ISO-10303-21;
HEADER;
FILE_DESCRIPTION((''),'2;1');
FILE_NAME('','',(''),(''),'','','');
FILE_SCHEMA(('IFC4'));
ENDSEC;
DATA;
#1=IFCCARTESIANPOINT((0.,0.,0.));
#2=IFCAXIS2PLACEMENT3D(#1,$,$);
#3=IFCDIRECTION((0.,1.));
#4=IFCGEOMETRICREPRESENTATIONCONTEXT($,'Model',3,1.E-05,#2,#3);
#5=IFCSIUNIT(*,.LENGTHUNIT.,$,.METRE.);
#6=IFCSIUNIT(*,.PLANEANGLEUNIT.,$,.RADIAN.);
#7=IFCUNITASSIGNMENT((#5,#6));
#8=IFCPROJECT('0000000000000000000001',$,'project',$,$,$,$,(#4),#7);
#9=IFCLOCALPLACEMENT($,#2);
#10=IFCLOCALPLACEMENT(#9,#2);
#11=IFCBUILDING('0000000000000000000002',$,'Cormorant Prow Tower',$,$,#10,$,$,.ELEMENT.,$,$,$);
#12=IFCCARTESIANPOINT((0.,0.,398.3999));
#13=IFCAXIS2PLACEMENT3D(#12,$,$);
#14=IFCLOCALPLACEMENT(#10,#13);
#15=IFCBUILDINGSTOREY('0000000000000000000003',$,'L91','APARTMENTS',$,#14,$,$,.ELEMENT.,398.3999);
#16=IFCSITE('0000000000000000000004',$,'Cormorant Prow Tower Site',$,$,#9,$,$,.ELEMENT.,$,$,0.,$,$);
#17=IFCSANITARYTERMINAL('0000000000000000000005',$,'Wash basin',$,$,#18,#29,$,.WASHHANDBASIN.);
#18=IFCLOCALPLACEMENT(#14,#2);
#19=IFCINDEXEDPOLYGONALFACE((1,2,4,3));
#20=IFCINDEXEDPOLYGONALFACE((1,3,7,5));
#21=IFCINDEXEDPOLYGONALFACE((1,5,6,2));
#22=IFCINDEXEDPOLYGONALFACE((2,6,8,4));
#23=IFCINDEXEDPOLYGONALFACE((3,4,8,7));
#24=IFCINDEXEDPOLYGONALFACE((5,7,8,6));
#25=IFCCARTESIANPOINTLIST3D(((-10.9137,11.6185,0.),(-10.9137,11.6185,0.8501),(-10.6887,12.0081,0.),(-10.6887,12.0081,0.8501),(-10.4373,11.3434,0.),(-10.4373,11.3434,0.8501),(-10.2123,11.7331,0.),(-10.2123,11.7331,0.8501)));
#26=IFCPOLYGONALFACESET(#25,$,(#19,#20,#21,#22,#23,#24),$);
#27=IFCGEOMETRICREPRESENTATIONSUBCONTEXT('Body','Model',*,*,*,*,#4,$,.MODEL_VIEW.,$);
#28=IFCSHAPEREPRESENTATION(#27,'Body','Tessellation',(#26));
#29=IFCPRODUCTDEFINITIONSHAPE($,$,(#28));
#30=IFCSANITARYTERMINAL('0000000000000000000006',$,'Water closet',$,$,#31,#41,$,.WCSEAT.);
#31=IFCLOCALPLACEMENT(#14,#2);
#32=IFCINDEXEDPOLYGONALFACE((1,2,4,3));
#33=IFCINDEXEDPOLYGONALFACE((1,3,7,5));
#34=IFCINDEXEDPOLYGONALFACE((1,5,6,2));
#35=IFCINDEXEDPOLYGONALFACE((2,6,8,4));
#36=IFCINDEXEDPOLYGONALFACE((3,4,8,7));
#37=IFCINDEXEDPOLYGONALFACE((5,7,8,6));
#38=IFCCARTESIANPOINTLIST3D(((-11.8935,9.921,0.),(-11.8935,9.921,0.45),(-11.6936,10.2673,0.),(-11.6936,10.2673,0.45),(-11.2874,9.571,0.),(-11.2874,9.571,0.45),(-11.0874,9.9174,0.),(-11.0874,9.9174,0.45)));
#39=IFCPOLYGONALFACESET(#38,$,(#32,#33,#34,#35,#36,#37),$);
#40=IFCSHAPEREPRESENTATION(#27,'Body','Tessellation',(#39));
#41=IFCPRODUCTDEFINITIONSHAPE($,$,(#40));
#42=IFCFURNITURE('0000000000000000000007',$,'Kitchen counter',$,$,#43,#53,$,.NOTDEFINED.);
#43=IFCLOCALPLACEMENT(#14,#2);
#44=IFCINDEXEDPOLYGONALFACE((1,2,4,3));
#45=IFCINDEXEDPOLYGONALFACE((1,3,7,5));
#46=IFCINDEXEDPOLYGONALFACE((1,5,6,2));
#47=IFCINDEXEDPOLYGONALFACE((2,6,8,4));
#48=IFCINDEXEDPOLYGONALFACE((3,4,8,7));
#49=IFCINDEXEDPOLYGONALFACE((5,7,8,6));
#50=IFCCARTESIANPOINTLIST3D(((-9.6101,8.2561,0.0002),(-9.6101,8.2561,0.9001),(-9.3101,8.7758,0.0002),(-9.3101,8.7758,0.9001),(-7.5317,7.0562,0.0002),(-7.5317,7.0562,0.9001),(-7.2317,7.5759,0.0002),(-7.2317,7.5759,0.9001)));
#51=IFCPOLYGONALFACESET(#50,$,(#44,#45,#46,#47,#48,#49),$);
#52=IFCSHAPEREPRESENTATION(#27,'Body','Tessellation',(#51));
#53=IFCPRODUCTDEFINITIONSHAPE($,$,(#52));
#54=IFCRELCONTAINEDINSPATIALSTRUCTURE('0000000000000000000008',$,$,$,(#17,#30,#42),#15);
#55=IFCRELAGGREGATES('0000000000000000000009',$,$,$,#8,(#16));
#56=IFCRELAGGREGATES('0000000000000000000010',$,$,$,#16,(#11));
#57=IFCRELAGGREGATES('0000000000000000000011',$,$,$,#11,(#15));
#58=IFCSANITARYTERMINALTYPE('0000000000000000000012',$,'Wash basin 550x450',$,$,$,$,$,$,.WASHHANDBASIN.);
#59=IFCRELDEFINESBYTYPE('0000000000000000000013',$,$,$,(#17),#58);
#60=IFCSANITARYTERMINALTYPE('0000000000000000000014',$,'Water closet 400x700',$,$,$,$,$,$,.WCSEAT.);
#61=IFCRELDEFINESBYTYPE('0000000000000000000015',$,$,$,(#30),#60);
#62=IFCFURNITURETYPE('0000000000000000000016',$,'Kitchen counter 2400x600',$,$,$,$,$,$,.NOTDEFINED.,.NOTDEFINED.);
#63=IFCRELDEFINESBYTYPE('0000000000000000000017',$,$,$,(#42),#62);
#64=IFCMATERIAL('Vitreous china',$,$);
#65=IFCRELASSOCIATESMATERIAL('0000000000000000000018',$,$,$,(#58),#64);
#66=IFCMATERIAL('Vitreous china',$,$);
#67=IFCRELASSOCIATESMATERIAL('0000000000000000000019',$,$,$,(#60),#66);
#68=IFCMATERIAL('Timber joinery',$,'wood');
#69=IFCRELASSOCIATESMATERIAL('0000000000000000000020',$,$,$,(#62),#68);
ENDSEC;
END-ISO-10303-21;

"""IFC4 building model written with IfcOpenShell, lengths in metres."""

from ifc_helpers import new_model, si_unit, direction, frame, origin, origin_2d, place, context, subcontext, project, spatial, rectangle, extrude, material, type_object, element, save


model = new_model("IFC4")

# Units and contexts
model_context = context("Model", 3, precision=1e-05, world=origin(), true_north=direction((0.0, 1.0)))
body_context = subcontext(model_context, "Body", "Model", "MODEL_VIEW")
ifc_project = project(units=[si_unit("LENGTHUNIT", "METRE"), si_unit("PLANEANGLEUNIT", "RADIAN")], contexts=[model_context])

# Site, building, storey
site_placement = place(None, origin())
site = spatial("IfcSite", under=ifc_project, at=site_placement, Name="Cormorant Prow Tower Site", CompositionType="ELEMENT", RefElevation=0.0)
building_placement = place(site_placement, origin())
building = spatial("IfcBuilding", under=site, at=building_placement, Name="Cormorant Prow Tower", CompositionType="ELEMENT")
storey_placement = place(building_placement, frame((0.0, 0.0, 398.3999)))
storey = spatial("IfcBuildingStorey", under=building, at=storey_placement, Name="L91", Description="APARTMENTS", CompositionType="ELEMENT", Elevation=398.3999)

# Sanitary terminals
ifc_material_1 = material(Name="Vitreous china")
sanitary_terminal_type_1 = type_object("IfcSanitaryTerminalType", Name="Wash basin 550x450", PredefinedType="WASHHANDBASIN", material=ifc_material_1)
sanitary_terminal_1_placement = place(storey_placement, frame((-10.563, 11.6758, 0.0), z_axis=(0.0, 0.0, 1.0), x_axis=(0.866025, -0.5, 0.0)))
element("IfcSanitaryTerminal", 1, at=sanitary_terminal_1_placement, inside=storey, type_object=sanitary_terminal_type_1, Name="Wash basin", PredefinedType="WASHHANDBASIN", context=body_context, shape_type="SweptSolid", body=[
    extrude(rectangle(XDim=0.55, YDim=0.45, at=origin_2d()), origin(), (0.0, 0.0, 1.0), 0.8501),
])
ifc_material_2 = material(Name="Vitreous china")
sanitary_terminal_type_2 = type_object("IfcSanitaryTerminalType", Name="Water closet 400x700", PredefinedType="WCSEAT", material=ifc_material_2)
sanitary_terminal_2_placement = place(storey_placement, frame((-11.4905, 9.9192, 0.0), z_axis=(0.0, 0.0, 1.0), x_axis=(0.5, 0.866025, 0.0)))
element("IfcSanitaryTerminal", 2, at=sanitary_terminal_2_placement, inside=storey, type_object=sanitary_terminal_type_2, Name="Water closet", PredefinedType="WCSEAT", context=body_context, shape_type="SweptSolid", body=[
    extrude(rectangle(XDim=0.3999, YDim=0.7, at=origin_2d()), origin(), (0.0, 0.0, 1.0), 0.45),
])

# Furniture
ifc_material_3 = material(Name="Timber joinery", Category="wood")
furniture_type = type_object("IfcFurnitureType", Name="Kitchen counter 2400x600", AssemblyPlace="NOTDEFINED", PredefinedType="NOTDEFINED", material=ifc_material_3)
furniture_placement = place(storey_placement, frame((-8.4209, 7.916, 0.0002), z_axis=(0.0, 0.0, 1.0), x_axis=(-0.866025, 0.5, 0.0)))
element("IfcFurniture", 3, at=furniture_placement, inside=storey, type_object=furniture_type, Name="Kitchen counter", PredefinedType="NOTDEFINED", context=body_context, shape_type="SweptSolid", body=[
    extrude(rectangle(XDim=2.3999, YDim=0.6001, at=origin_2d()), origin(), (0.0, 0.0, 1.0), 0.8999),
])

save(model, "model.ifc")
